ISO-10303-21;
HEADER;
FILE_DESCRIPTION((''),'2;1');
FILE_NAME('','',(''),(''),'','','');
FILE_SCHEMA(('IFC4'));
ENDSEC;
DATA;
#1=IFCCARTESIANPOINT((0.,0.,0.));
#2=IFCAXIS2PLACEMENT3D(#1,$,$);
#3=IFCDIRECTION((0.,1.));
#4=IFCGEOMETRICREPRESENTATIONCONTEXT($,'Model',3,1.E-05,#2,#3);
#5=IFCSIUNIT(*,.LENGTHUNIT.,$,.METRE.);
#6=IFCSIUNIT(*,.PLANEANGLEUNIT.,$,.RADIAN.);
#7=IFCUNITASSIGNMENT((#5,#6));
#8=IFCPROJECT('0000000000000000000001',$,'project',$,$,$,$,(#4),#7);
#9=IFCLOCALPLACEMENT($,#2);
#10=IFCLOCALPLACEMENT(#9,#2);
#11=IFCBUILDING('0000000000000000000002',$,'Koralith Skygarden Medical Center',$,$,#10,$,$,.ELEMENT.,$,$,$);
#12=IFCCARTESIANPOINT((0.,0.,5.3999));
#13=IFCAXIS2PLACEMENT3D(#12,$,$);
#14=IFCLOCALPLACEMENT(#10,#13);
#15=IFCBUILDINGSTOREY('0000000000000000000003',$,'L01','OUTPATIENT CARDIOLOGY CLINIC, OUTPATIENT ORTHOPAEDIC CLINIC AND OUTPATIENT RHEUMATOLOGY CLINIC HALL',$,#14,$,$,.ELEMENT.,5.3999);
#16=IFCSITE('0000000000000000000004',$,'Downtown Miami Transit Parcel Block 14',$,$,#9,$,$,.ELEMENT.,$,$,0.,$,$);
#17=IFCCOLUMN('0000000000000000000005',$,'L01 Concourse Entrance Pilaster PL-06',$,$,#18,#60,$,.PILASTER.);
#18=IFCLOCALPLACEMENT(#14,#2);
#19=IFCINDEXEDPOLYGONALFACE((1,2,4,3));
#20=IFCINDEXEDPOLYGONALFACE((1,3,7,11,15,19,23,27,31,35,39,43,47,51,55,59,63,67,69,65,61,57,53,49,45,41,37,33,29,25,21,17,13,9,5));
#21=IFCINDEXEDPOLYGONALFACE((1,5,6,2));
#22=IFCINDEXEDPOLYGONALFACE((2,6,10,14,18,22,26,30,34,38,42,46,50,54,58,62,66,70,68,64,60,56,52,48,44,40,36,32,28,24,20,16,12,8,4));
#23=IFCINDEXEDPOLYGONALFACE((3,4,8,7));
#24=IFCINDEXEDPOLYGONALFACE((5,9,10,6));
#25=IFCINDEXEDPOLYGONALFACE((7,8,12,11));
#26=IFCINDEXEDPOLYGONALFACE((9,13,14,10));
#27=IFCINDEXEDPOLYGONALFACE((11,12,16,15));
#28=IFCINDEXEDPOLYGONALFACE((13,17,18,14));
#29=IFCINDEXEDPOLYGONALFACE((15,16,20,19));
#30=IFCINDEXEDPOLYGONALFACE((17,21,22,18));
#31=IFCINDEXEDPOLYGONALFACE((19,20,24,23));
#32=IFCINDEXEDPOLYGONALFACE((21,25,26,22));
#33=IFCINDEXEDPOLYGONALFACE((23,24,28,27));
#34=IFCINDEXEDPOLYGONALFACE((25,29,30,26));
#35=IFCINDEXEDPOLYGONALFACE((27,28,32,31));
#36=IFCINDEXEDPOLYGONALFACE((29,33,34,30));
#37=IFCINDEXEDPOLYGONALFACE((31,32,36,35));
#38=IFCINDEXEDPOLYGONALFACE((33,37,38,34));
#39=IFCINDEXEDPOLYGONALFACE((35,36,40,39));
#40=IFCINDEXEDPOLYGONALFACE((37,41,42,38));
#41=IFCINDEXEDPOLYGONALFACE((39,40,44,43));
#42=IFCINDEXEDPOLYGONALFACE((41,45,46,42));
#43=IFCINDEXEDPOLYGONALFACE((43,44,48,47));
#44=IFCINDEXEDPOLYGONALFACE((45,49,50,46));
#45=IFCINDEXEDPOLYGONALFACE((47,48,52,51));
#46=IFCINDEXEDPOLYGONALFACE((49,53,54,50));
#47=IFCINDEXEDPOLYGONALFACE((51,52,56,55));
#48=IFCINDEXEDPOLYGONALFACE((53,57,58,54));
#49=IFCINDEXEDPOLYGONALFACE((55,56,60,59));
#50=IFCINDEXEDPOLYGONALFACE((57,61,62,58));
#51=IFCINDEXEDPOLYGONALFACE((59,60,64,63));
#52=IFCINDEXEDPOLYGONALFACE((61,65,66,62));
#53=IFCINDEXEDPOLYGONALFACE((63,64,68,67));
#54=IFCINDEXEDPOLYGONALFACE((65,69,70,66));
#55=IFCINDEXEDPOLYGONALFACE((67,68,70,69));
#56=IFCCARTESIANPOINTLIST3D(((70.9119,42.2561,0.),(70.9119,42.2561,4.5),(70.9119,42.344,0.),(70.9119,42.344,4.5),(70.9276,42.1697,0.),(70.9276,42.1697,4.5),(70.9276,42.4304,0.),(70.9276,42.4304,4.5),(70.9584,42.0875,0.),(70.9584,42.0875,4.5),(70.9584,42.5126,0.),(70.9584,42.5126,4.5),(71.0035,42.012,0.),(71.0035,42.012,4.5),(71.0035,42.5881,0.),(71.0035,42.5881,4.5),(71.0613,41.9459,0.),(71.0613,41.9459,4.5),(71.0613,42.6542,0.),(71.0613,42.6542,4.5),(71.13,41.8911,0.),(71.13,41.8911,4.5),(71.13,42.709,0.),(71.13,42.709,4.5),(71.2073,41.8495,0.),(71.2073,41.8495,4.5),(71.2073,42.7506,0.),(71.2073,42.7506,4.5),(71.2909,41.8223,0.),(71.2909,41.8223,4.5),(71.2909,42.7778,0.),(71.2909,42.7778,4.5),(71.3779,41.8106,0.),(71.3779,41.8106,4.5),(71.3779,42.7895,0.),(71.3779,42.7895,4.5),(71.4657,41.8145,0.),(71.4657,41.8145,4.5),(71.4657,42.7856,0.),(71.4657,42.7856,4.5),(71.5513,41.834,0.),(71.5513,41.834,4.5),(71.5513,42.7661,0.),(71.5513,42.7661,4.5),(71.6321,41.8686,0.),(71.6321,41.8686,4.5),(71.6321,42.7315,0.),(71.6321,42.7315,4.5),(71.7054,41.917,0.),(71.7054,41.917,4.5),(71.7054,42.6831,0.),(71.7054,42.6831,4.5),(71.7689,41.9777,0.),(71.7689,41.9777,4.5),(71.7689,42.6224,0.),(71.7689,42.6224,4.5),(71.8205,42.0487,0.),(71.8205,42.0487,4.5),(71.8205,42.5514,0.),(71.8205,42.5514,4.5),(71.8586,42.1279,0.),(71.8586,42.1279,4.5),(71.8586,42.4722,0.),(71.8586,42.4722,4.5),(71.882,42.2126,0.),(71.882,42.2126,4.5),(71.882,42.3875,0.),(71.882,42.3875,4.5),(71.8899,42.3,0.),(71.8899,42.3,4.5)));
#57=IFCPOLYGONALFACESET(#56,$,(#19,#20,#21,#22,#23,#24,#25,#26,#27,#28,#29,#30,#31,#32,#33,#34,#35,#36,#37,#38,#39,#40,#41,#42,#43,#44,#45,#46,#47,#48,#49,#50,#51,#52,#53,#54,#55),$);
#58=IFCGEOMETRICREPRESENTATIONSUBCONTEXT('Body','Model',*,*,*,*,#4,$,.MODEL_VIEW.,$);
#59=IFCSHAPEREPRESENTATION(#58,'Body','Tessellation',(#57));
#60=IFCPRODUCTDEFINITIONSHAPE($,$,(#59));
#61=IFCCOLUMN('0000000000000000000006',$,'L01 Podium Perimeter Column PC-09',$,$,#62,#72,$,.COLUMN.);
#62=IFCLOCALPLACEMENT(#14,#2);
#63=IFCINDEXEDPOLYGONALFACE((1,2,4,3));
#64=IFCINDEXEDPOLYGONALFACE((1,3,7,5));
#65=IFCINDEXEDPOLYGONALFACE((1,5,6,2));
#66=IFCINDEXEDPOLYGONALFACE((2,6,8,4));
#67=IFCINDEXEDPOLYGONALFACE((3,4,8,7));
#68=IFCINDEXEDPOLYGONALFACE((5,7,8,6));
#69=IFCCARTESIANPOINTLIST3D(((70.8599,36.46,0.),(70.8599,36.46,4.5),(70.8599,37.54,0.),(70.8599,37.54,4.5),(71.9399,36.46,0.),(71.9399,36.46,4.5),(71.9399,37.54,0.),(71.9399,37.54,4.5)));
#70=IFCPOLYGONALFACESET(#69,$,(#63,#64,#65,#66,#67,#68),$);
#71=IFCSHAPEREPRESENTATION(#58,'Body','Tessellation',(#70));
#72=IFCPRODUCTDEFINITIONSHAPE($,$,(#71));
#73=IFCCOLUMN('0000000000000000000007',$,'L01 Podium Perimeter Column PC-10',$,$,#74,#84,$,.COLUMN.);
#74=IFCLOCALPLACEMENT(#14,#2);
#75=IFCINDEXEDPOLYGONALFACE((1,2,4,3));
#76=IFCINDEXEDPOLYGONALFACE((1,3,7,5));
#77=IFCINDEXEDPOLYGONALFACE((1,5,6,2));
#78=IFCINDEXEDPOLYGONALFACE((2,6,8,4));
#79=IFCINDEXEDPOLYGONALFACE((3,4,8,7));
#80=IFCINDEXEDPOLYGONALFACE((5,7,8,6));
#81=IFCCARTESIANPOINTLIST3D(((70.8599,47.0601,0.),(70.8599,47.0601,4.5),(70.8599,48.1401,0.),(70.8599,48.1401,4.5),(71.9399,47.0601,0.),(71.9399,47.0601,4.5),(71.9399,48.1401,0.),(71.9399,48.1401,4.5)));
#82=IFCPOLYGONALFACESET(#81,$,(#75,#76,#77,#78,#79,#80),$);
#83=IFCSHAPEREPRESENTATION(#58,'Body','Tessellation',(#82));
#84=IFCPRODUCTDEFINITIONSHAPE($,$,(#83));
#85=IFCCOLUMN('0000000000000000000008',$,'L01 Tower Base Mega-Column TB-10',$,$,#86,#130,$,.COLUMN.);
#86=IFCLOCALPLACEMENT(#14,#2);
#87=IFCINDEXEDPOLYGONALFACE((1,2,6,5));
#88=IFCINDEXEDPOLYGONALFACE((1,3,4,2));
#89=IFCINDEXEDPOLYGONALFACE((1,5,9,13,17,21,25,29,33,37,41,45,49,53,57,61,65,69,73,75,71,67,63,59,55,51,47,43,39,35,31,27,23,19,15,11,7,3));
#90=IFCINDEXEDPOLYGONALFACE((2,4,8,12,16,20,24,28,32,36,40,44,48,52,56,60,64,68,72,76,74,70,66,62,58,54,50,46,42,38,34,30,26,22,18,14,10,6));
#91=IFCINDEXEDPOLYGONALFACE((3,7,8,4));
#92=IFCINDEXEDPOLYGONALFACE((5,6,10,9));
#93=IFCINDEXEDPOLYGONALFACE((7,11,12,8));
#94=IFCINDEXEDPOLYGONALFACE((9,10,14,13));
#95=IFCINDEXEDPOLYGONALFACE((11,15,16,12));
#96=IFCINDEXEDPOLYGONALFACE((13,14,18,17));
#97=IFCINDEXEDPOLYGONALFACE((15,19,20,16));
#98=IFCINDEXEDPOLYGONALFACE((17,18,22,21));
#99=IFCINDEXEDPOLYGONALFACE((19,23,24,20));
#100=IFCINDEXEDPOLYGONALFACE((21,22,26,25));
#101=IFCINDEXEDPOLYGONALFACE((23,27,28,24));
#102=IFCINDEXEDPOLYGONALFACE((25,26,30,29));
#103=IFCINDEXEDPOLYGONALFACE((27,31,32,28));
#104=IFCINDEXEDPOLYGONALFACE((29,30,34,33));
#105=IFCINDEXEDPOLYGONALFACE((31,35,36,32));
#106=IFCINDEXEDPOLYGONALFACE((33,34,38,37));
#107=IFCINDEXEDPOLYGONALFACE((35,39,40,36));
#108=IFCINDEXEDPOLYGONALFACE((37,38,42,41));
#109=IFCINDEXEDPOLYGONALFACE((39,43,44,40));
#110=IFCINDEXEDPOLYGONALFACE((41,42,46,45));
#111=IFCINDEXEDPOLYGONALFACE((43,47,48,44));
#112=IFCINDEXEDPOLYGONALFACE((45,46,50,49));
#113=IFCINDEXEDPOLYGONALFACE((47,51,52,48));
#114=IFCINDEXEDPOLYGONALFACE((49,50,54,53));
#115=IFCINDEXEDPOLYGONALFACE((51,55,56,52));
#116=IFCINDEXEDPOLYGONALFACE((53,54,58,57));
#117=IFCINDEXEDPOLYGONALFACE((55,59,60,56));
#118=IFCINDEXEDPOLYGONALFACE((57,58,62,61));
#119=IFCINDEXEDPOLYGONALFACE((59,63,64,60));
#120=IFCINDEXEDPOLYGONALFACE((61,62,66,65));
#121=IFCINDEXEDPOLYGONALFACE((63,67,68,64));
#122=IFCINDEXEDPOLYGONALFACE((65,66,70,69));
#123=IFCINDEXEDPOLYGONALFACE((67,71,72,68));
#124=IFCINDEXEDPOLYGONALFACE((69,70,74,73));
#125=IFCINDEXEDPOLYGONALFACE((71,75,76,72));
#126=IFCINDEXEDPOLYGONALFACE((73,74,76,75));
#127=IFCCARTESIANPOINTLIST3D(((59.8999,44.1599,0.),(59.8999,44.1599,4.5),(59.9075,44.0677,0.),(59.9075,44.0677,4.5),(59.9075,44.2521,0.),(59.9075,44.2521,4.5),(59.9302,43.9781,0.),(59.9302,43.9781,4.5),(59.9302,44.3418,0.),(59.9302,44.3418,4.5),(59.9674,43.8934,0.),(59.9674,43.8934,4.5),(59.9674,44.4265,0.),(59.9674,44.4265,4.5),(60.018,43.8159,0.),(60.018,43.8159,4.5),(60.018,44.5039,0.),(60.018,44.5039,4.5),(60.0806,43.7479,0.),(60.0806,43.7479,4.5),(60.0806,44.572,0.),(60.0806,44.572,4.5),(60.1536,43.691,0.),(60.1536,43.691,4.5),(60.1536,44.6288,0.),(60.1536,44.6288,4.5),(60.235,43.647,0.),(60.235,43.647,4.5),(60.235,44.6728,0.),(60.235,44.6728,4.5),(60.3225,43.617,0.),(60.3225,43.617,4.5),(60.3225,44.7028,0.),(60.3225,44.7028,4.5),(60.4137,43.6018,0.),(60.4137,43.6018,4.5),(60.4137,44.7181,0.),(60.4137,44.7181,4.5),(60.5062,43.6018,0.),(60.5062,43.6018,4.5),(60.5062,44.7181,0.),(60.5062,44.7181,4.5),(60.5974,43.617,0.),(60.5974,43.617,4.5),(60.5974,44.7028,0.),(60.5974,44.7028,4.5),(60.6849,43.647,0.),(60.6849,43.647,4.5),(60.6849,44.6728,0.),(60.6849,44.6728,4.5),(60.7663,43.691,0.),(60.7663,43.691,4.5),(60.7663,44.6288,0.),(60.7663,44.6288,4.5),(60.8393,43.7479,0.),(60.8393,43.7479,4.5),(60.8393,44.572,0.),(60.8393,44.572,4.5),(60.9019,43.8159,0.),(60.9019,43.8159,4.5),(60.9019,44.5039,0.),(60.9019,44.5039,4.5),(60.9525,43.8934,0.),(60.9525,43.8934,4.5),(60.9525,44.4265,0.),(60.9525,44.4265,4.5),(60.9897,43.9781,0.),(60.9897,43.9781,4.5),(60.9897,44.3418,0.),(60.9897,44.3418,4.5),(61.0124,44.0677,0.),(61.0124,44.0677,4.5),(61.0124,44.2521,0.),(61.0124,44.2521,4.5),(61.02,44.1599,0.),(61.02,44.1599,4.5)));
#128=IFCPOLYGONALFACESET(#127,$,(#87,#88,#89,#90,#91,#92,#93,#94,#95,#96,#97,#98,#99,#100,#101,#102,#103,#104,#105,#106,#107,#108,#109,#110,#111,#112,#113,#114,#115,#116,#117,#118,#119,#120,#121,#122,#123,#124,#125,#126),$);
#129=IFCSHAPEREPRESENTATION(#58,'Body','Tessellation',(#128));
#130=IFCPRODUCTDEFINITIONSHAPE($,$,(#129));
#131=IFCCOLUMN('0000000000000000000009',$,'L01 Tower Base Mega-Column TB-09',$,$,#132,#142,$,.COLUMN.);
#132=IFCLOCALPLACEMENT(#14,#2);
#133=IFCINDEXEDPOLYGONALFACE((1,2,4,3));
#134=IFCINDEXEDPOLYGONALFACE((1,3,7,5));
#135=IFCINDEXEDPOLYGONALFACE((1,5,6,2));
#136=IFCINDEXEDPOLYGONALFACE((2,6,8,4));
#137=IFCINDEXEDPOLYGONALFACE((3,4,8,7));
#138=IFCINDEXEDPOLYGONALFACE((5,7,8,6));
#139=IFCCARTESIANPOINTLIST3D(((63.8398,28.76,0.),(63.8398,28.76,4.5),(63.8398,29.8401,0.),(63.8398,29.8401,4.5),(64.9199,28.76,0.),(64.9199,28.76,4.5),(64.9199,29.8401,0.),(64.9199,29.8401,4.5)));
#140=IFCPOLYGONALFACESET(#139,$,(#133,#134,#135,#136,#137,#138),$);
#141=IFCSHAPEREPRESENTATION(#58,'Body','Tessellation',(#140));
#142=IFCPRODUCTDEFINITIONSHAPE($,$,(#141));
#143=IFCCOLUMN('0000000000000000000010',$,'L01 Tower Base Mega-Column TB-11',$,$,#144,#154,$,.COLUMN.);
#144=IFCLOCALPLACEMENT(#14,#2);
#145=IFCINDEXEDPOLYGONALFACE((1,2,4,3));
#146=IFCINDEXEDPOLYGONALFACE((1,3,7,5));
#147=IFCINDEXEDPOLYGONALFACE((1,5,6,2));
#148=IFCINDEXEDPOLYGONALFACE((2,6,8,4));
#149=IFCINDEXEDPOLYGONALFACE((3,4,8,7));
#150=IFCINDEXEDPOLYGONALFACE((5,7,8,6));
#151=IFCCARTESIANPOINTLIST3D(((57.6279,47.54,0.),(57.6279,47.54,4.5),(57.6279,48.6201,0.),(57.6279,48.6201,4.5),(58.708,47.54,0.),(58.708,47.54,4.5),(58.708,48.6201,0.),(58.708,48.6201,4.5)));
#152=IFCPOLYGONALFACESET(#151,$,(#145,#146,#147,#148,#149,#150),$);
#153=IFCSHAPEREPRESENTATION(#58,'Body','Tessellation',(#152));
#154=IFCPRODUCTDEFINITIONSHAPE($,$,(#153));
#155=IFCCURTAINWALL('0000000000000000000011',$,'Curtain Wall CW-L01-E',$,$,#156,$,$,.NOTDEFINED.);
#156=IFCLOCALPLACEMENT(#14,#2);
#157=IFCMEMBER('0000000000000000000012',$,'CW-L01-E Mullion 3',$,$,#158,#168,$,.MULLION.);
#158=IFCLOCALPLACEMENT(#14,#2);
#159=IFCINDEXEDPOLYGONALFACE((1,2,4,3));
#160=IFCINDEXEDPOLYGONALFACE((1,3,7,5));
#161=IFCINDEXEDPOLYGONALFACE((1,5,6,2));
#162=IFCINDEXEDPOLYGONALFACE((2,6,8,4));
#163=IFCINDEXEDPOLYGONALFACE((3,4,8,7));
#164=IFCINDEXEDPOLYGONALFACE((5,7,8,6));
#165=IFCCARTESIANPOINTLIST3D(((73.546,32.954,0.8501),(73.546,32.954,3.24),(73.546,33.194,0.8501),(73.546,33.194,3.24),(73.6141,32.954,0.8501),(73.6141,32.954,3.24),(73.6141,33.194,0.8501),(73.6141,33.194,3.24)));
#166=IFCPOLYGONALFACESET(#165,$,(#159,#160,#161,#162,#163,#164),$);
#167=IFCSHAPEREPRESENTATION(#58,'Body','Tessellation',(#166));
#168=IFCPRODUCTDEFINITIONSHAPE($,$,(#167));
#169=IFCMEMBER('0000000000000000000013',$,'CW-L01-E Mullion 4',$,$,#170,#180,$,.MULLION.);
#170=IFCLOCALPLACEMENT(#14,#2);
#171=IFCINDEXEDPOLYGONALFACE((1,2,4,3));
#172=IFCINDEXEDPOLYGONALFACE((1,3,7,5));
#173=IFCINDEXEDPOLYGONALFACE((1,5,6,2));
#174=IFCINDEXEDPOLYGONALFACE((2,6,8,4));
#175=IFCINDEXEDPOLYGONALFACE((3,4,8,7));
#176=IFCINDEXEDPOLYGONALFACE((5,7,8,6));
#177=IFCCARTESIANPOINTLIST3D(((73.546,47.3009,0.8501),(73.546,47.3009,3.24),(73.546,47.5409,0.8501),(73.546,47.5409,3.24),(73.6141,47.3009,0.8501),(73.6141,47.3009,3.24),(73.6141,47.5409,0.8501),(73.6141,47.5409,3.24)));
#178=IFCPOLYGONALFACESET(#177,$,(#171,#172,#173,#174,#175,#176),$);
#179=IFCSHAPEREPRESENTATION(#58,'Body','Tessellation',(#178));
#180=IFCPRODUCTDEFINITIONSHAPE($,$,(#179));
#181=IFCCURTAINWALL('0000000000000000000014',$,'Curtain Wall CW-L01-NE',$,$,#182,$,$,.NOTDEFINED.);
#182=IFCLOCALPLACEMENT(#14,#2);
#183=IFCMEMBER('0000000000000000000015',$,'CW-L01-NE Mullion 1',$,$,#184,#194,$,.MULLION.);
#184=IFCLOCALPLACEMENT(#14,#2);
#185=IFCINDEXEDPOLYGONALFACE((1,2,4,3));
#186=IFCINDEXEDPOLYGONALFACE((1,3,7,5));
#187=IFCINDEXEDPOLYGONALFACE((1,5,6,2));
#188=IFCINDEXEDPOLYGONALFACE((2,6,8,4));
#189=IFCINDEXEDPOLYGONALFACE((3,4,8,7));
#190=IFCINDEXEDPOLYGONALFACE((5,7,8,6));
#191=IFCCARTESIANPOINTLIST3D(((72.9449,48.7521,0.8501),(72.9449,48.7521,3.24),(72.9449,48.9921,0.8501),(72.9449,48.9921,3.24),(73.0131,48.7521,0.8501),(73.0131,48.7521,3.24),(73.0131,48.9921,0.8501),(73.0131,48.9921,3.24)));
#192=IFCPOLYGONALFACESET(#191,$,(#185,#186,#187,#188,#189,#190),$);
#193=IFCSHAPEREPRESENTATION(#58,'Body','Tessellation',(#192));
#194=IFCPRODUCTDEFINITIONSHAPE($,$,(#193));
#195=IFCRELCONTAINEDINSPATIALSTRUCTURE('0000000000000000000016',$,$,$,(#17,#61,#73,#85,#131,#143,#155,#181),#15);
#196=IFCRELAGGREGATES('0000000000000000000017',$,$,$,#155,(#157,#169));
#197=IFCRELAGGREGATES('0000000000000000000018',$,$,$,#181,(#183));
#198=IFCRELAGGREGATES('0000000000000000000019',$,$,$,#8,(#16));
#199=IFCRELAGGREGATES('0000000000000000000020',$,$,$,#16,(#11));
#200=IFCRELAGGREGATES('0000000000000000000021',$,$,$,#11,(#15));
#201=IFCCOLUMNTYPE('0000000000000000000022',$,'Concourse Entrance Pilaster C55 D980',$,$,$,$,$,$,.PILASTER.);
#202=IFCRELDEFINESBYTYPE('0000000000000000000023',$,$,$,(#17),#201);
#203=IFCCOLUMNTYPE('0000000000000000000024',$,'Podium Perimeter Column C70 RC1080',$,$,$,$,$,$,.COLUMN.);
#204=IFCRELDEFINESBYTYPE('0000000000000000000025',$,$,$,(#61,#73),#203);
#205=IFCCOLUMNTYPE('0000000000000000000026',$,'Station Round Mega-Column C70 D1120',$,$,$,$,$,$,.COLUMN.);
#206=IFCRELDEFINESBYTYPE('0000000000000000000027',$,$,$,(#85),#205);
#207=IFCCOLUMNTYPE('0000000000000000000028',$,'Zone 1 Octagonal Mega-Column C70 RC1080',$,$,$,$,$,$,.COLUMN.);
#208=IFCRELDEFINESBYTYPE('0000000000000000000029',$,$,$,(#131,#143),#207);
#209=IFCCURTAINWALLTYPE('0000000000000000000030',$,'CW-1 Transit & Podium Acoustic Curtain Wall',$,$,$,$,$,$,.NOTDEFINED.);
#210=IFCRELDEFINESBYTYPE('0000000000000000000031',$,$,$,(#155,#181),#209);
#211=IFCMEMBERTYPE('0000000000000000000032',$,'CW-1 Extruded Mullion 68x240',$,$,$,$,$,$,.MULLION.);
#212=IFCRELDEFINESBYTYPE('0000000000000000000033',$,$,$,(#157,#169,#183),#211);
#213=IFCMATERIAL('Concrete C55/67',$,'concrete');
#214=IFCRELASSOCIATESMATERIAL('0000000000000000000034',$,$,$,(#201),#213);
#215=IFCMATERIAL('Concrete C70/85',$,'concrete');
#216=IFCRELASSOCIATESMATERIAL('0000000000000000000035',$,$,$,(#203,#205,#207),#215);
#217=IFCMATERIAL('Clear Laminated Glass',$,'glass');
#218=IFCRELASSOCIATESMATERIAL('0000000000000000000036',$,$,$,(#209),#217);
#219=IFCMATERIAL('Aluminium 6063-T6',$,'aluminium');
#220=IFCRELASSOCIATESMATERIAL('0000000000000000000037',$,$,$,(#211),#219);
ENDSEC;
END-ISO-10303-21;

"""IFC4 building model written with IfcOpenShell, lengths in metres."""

from ifc_helpers import new_model, si_unit, direction, frame, origin, origin_2d, place, context, subcontext, project, spatial, rectangle, circle, extrude, material, material_profile, profile_set, type_object, element, aggregate, save


model = new_model("IFC4")

# Units and contexts
model_context = context("Model", 3, precision=1e-05, world=origin(), true_north=direction((0.0, 1.0)))
body_context = subcontext(model_context, "Body", "Model", "MODEL_VIEW")
ifc_project = project(units=[si_unit("LENGTHUNIT", "METRE"), si_unit("PLANEANGLEUNIT", "RADIAN")], contexts=[model_context])

# Site, building, storey
site_placement = place(None, origin())
site = spatial("IfcSite", under=ifc_project, at=site_placement, Name="Downtown Miami Transit Parcel Block 14", CompositionType="ELEMENT", RefElevation=0.0)
building_placement = place(site_placement, origin())
building = spatial("IfcBuilding", under=site, at=building_placement, Name="Koralith Skygarden Medical Center", CompositionType="ELEMENT")
storey_placement = place(building_placement, frame((0.0, 0.0, 5.3999)))
storey = spatial("IfcBuildingStorey", under=building, at=storey_placement, Name="L01", Description="OUTPATIENT CARDIOLOGY CLINIC, OUTPATIENT ORTHOPAEDIC CLINIC AND OUTPATIENT RHEUMATOLOGY CLINIC HALL", CompositionType="ELEMENT", Elevation=5.3999)

# Columns
ifc_material_1 = material(Name="Concrete C55/67", Category="concrete")
ifc_material_profile_1 = material_profile(ifc_material_1, circle(Radius=0.49, at=origin_2d()), Name="RCCOL980")
ifc_profile_set_1 = profile_set([ifc_material_profile_1], Name="Concrete C55/67")
column_type_1 = type_object("IfcColumnType", Name="Concourse Entrance Pilaster C55 D980", PredefinedType="PILASTER", material=ifc_profile_set_1)
column_1_placement = place(storey_placement, frame((71.3999, 42.3, 0.0), z_axis=(0.0, 0.0, 1.0), x_axis=(1.0, 0.0, 0.0)))
element("IfcColumn", 1, at=column_1_placement, inside=storey, type_object=column_type_1, Name="L01 Concourse Entrance Pilaster PL-06", PredefinedType="PILASTER", context=body_context, shape_type="SweptSolid", body=[
    extrude(circle(Radius=0.49, at=origin_2d()), origin(), (0.0, 0.0, 1.0), 4.5),
])
ifc_material_2 = material(Name="Concrete C70/85", Category="concrete")
ifc_material_profile_2 = material_profile(ifc_material_2, rectangle(XDim=1.0801, YDim=1.0801, at=origin_2d()), Name="RC1080X1080")
ifc_profile_set_2 = profile_set([ifc_material_profile_2], Name="Concrete C70/85")
column_type_2 = type_object("IfcColumnType", Name="Podium Perimeter Column C70 RC1080", PredefinedType="COLUMN", material=ifc_profile_set_2)
for number, where, z_axis, x_axis, name in (
    (2, (71.3999, 37.0, 0.0), (0.0, 0.0, 1.0), (1.0, 0.0, 0.0), "L01 Podium Perimeter Column PC-09"),
    (3, (71.3999, 47.6001, 0.0), (0.0, 0.0, 1.0), (1.0, 0.0, 0.0), "L01 Podium Perimeter Column PC-10"),
):
    element("IfcColumn", number, at=place(storey_placement, frame(where, z_axis=z_axis, x_axis=x_axis)), inside=storey, type_object=column_type_2, Name=name, PredefinedType="COLUMN", context=body_context, shape_type="SweptSolid", body=[
        extrude(rectangle(XDim=1.0801, YDim=1.0801, at=origin_2d()), origin(), (0.0, 0.0, 1.0), 4.5),
    ])
ifc_material_profile_3 = material_profile(ifc_material_2, circle(Radius=0.5601, at=origin_2d()), Name="RCCOL1120")
ifc_profile_set_3 = profile_set([ifc_material_profile_3], Name="Concrete C70/85")
column_type_3 = type_object("IfcColumnType", Name="Station Round Mega-Column C70 D1120", PredefinedType="COLUMN", material=ifc_profile_set_3)
column_2_placement = place(storey_placement, frame((60.46, 44.1599, 0.0), z_axis=(0.0, 0.0, 1.0), x_axis=(1.0, 0.0, 0.0)))
element("IfcColumn", 4, at=column_2_placement, inside=storey, type_object=column_type_3, Name="L01 Tower Base Mega-Column TB-10", PredefinedType="COLUMN", context=body_context, shape_type="SweptSolid", body=[
    extrude(circle(Radius=0.5601, at=origin_2d()), origin(), (0.0, 0.0, 1.0), 4.5),
])
ifc_material_profile_4 = material_profile(ifc_material_2, rectangle(XDim=1.0801, YDim=1.0801, at=origin_2d()), Name="RC1080X1080")
ifc_profile_set_4 = profile_set([ifc_material_profile_4], Name="Concrete C70/85")
column_type_4 = type_object("IfcColumnType", Name="Zone 1 Octagonal Mega-Column C70 RC1080", PredefinedType="COLUMN", material=ifc_profile_set_4)
for number, where, z_axis, x_axis, name in (
    (5, (64.3799, 29.3, 0.0), (0.0, 0.0, 1.0), (1.0, 0.0, 0.0), "L01 Tower Base Mega-Column TB-09"),
    (6, (58.168, 48.0801, 0.0), (0.0, 0.0, 1.0), (1.0, 0.0, 0.0), "L01 Tower Base Mega-Column TB-11"),
):
    element("IfcColumn", number, at=place(storey_placement, frame(where, z_axis=z_axis, x_axis=x_axis)), inside=storey, type_object=column_type_4, Name=name, PredefinedType="COLUMN", context=body_context, shape_type="SweptSolid", body=[
        extrude(rectangle(XDim=1.0801, YDim=1.0801, at=origin_2d()), origin(), (0.0, 0.0, 1.0), 4.5),
    ])

# Curtain walls, members
ifc_material_3 = material(Name="Clear Laminated Glass", Category="glass")
curtain_wall_type = type_object("IfcCurtainWallType", Name="CW-1 Transit & Podium Acoustic Curtain Wall", PredefinedType="NOTDEFINED", material=ifc_material_3)
curtain_wall_1_placement = place(storey_placement, origin())
curtain_wall_1 = element("IfcCurtainWall", 7, at=curtain_wall_1_placement, inside=storey, type_object=curtain_wall_type, Name="Curtain Wall CW-L01-E", PredefinedType="NOTDEFINED")
ifc_material_4 = material(Name="Aluminium 6063-T6", Category="aluminium")
ifc_material_profile_5 = material_profile(ifc_material_4, rectangle(XDim=0.0681, YDim=0.24, at=origin_2d()), Name="MUL68X240")
ifc_profile_set_5 = profile_set([ifc_material_profile_5], Name="Aluminium 6063-T6")
member_type_1 = type_object("IfcMemberType", Name="CW-1 Extruded Mullion 68x240", PredefinedType="MULLION", material=ifc_profile_set_5)
member_1_placement = place(storey_placement, frame((73.5801, 33.074, 0.8501), z_axis=(0.0, 0.0, 1.0), x_axis=(1.0, 0.0, 0.0)))
member_1 = element("IfcMember", 8, at=member_1_placement, type_object=member_type_1, Name="CW-L01-E Mullion 3", PredefinedType="MULLION", context=body_context, shape_type="SweptSolid", body=[
    extrude(rectangle(XDim=0.0681, YDim=0.24, at=origin_2d()), origin(), (0.0, 0.0, 1.0), 2.3899),
])
member_2_placement = place(storey_placement, frame((73.5801, 47.4209, 0.8501), z_axis=(0.0, 0.0, 1.0), x_axis=(1.0, 0.0, 0.0)))
member_2 = element("IfcMember", 9, at=member_2_placement, type_object=member_type_1, Name="CW-L01-E Mullion 4", PredefinedType="MULLION", context=body_context, shape_type="SweptSolid", body=[
    extrude(rectangle(XDim=0.0681, YDim=0.24, at=origin_2d()), origin(), (0.0, 0.0, 1.0), 2.3899),
])
curtain_wall_2_placement = place(storey_placement, origin())
curtain_wall_2 = element("IfcCurtainWall", 10, at=curtain_wall_2_placement, inside=storey, type_object=curtain_wall_type, Name="Curtain Wall CW-L01-NE", PredefinedType="NOTDEFINED")
member_3_placement = place(storey_placement, frame((72.979, 48.8721, 0.8501), z_axis=(0.0, 0.0, 1.0), x_axis=(1.0, 0.0, 0.0)))
member_3 = element("IfcMember", 11, at=member_3_placement, type_object=member_type_1, Name="CW-L01-NE Mullion 1", PredefinedType="MULLION", context=body_context, shape_type="SweptSolid", body=[
    extrude(rectangle(XDim=0.0681, YDim=0.24, at=origin_2d()), origin(), (0.0, 0.0, 1.0), 2.3899),
])

aggregate(curtain_wall_1, [member_1, member_2])
aggregate(curtain_wall_2, [member_3])

save(model, "model.ifc")
